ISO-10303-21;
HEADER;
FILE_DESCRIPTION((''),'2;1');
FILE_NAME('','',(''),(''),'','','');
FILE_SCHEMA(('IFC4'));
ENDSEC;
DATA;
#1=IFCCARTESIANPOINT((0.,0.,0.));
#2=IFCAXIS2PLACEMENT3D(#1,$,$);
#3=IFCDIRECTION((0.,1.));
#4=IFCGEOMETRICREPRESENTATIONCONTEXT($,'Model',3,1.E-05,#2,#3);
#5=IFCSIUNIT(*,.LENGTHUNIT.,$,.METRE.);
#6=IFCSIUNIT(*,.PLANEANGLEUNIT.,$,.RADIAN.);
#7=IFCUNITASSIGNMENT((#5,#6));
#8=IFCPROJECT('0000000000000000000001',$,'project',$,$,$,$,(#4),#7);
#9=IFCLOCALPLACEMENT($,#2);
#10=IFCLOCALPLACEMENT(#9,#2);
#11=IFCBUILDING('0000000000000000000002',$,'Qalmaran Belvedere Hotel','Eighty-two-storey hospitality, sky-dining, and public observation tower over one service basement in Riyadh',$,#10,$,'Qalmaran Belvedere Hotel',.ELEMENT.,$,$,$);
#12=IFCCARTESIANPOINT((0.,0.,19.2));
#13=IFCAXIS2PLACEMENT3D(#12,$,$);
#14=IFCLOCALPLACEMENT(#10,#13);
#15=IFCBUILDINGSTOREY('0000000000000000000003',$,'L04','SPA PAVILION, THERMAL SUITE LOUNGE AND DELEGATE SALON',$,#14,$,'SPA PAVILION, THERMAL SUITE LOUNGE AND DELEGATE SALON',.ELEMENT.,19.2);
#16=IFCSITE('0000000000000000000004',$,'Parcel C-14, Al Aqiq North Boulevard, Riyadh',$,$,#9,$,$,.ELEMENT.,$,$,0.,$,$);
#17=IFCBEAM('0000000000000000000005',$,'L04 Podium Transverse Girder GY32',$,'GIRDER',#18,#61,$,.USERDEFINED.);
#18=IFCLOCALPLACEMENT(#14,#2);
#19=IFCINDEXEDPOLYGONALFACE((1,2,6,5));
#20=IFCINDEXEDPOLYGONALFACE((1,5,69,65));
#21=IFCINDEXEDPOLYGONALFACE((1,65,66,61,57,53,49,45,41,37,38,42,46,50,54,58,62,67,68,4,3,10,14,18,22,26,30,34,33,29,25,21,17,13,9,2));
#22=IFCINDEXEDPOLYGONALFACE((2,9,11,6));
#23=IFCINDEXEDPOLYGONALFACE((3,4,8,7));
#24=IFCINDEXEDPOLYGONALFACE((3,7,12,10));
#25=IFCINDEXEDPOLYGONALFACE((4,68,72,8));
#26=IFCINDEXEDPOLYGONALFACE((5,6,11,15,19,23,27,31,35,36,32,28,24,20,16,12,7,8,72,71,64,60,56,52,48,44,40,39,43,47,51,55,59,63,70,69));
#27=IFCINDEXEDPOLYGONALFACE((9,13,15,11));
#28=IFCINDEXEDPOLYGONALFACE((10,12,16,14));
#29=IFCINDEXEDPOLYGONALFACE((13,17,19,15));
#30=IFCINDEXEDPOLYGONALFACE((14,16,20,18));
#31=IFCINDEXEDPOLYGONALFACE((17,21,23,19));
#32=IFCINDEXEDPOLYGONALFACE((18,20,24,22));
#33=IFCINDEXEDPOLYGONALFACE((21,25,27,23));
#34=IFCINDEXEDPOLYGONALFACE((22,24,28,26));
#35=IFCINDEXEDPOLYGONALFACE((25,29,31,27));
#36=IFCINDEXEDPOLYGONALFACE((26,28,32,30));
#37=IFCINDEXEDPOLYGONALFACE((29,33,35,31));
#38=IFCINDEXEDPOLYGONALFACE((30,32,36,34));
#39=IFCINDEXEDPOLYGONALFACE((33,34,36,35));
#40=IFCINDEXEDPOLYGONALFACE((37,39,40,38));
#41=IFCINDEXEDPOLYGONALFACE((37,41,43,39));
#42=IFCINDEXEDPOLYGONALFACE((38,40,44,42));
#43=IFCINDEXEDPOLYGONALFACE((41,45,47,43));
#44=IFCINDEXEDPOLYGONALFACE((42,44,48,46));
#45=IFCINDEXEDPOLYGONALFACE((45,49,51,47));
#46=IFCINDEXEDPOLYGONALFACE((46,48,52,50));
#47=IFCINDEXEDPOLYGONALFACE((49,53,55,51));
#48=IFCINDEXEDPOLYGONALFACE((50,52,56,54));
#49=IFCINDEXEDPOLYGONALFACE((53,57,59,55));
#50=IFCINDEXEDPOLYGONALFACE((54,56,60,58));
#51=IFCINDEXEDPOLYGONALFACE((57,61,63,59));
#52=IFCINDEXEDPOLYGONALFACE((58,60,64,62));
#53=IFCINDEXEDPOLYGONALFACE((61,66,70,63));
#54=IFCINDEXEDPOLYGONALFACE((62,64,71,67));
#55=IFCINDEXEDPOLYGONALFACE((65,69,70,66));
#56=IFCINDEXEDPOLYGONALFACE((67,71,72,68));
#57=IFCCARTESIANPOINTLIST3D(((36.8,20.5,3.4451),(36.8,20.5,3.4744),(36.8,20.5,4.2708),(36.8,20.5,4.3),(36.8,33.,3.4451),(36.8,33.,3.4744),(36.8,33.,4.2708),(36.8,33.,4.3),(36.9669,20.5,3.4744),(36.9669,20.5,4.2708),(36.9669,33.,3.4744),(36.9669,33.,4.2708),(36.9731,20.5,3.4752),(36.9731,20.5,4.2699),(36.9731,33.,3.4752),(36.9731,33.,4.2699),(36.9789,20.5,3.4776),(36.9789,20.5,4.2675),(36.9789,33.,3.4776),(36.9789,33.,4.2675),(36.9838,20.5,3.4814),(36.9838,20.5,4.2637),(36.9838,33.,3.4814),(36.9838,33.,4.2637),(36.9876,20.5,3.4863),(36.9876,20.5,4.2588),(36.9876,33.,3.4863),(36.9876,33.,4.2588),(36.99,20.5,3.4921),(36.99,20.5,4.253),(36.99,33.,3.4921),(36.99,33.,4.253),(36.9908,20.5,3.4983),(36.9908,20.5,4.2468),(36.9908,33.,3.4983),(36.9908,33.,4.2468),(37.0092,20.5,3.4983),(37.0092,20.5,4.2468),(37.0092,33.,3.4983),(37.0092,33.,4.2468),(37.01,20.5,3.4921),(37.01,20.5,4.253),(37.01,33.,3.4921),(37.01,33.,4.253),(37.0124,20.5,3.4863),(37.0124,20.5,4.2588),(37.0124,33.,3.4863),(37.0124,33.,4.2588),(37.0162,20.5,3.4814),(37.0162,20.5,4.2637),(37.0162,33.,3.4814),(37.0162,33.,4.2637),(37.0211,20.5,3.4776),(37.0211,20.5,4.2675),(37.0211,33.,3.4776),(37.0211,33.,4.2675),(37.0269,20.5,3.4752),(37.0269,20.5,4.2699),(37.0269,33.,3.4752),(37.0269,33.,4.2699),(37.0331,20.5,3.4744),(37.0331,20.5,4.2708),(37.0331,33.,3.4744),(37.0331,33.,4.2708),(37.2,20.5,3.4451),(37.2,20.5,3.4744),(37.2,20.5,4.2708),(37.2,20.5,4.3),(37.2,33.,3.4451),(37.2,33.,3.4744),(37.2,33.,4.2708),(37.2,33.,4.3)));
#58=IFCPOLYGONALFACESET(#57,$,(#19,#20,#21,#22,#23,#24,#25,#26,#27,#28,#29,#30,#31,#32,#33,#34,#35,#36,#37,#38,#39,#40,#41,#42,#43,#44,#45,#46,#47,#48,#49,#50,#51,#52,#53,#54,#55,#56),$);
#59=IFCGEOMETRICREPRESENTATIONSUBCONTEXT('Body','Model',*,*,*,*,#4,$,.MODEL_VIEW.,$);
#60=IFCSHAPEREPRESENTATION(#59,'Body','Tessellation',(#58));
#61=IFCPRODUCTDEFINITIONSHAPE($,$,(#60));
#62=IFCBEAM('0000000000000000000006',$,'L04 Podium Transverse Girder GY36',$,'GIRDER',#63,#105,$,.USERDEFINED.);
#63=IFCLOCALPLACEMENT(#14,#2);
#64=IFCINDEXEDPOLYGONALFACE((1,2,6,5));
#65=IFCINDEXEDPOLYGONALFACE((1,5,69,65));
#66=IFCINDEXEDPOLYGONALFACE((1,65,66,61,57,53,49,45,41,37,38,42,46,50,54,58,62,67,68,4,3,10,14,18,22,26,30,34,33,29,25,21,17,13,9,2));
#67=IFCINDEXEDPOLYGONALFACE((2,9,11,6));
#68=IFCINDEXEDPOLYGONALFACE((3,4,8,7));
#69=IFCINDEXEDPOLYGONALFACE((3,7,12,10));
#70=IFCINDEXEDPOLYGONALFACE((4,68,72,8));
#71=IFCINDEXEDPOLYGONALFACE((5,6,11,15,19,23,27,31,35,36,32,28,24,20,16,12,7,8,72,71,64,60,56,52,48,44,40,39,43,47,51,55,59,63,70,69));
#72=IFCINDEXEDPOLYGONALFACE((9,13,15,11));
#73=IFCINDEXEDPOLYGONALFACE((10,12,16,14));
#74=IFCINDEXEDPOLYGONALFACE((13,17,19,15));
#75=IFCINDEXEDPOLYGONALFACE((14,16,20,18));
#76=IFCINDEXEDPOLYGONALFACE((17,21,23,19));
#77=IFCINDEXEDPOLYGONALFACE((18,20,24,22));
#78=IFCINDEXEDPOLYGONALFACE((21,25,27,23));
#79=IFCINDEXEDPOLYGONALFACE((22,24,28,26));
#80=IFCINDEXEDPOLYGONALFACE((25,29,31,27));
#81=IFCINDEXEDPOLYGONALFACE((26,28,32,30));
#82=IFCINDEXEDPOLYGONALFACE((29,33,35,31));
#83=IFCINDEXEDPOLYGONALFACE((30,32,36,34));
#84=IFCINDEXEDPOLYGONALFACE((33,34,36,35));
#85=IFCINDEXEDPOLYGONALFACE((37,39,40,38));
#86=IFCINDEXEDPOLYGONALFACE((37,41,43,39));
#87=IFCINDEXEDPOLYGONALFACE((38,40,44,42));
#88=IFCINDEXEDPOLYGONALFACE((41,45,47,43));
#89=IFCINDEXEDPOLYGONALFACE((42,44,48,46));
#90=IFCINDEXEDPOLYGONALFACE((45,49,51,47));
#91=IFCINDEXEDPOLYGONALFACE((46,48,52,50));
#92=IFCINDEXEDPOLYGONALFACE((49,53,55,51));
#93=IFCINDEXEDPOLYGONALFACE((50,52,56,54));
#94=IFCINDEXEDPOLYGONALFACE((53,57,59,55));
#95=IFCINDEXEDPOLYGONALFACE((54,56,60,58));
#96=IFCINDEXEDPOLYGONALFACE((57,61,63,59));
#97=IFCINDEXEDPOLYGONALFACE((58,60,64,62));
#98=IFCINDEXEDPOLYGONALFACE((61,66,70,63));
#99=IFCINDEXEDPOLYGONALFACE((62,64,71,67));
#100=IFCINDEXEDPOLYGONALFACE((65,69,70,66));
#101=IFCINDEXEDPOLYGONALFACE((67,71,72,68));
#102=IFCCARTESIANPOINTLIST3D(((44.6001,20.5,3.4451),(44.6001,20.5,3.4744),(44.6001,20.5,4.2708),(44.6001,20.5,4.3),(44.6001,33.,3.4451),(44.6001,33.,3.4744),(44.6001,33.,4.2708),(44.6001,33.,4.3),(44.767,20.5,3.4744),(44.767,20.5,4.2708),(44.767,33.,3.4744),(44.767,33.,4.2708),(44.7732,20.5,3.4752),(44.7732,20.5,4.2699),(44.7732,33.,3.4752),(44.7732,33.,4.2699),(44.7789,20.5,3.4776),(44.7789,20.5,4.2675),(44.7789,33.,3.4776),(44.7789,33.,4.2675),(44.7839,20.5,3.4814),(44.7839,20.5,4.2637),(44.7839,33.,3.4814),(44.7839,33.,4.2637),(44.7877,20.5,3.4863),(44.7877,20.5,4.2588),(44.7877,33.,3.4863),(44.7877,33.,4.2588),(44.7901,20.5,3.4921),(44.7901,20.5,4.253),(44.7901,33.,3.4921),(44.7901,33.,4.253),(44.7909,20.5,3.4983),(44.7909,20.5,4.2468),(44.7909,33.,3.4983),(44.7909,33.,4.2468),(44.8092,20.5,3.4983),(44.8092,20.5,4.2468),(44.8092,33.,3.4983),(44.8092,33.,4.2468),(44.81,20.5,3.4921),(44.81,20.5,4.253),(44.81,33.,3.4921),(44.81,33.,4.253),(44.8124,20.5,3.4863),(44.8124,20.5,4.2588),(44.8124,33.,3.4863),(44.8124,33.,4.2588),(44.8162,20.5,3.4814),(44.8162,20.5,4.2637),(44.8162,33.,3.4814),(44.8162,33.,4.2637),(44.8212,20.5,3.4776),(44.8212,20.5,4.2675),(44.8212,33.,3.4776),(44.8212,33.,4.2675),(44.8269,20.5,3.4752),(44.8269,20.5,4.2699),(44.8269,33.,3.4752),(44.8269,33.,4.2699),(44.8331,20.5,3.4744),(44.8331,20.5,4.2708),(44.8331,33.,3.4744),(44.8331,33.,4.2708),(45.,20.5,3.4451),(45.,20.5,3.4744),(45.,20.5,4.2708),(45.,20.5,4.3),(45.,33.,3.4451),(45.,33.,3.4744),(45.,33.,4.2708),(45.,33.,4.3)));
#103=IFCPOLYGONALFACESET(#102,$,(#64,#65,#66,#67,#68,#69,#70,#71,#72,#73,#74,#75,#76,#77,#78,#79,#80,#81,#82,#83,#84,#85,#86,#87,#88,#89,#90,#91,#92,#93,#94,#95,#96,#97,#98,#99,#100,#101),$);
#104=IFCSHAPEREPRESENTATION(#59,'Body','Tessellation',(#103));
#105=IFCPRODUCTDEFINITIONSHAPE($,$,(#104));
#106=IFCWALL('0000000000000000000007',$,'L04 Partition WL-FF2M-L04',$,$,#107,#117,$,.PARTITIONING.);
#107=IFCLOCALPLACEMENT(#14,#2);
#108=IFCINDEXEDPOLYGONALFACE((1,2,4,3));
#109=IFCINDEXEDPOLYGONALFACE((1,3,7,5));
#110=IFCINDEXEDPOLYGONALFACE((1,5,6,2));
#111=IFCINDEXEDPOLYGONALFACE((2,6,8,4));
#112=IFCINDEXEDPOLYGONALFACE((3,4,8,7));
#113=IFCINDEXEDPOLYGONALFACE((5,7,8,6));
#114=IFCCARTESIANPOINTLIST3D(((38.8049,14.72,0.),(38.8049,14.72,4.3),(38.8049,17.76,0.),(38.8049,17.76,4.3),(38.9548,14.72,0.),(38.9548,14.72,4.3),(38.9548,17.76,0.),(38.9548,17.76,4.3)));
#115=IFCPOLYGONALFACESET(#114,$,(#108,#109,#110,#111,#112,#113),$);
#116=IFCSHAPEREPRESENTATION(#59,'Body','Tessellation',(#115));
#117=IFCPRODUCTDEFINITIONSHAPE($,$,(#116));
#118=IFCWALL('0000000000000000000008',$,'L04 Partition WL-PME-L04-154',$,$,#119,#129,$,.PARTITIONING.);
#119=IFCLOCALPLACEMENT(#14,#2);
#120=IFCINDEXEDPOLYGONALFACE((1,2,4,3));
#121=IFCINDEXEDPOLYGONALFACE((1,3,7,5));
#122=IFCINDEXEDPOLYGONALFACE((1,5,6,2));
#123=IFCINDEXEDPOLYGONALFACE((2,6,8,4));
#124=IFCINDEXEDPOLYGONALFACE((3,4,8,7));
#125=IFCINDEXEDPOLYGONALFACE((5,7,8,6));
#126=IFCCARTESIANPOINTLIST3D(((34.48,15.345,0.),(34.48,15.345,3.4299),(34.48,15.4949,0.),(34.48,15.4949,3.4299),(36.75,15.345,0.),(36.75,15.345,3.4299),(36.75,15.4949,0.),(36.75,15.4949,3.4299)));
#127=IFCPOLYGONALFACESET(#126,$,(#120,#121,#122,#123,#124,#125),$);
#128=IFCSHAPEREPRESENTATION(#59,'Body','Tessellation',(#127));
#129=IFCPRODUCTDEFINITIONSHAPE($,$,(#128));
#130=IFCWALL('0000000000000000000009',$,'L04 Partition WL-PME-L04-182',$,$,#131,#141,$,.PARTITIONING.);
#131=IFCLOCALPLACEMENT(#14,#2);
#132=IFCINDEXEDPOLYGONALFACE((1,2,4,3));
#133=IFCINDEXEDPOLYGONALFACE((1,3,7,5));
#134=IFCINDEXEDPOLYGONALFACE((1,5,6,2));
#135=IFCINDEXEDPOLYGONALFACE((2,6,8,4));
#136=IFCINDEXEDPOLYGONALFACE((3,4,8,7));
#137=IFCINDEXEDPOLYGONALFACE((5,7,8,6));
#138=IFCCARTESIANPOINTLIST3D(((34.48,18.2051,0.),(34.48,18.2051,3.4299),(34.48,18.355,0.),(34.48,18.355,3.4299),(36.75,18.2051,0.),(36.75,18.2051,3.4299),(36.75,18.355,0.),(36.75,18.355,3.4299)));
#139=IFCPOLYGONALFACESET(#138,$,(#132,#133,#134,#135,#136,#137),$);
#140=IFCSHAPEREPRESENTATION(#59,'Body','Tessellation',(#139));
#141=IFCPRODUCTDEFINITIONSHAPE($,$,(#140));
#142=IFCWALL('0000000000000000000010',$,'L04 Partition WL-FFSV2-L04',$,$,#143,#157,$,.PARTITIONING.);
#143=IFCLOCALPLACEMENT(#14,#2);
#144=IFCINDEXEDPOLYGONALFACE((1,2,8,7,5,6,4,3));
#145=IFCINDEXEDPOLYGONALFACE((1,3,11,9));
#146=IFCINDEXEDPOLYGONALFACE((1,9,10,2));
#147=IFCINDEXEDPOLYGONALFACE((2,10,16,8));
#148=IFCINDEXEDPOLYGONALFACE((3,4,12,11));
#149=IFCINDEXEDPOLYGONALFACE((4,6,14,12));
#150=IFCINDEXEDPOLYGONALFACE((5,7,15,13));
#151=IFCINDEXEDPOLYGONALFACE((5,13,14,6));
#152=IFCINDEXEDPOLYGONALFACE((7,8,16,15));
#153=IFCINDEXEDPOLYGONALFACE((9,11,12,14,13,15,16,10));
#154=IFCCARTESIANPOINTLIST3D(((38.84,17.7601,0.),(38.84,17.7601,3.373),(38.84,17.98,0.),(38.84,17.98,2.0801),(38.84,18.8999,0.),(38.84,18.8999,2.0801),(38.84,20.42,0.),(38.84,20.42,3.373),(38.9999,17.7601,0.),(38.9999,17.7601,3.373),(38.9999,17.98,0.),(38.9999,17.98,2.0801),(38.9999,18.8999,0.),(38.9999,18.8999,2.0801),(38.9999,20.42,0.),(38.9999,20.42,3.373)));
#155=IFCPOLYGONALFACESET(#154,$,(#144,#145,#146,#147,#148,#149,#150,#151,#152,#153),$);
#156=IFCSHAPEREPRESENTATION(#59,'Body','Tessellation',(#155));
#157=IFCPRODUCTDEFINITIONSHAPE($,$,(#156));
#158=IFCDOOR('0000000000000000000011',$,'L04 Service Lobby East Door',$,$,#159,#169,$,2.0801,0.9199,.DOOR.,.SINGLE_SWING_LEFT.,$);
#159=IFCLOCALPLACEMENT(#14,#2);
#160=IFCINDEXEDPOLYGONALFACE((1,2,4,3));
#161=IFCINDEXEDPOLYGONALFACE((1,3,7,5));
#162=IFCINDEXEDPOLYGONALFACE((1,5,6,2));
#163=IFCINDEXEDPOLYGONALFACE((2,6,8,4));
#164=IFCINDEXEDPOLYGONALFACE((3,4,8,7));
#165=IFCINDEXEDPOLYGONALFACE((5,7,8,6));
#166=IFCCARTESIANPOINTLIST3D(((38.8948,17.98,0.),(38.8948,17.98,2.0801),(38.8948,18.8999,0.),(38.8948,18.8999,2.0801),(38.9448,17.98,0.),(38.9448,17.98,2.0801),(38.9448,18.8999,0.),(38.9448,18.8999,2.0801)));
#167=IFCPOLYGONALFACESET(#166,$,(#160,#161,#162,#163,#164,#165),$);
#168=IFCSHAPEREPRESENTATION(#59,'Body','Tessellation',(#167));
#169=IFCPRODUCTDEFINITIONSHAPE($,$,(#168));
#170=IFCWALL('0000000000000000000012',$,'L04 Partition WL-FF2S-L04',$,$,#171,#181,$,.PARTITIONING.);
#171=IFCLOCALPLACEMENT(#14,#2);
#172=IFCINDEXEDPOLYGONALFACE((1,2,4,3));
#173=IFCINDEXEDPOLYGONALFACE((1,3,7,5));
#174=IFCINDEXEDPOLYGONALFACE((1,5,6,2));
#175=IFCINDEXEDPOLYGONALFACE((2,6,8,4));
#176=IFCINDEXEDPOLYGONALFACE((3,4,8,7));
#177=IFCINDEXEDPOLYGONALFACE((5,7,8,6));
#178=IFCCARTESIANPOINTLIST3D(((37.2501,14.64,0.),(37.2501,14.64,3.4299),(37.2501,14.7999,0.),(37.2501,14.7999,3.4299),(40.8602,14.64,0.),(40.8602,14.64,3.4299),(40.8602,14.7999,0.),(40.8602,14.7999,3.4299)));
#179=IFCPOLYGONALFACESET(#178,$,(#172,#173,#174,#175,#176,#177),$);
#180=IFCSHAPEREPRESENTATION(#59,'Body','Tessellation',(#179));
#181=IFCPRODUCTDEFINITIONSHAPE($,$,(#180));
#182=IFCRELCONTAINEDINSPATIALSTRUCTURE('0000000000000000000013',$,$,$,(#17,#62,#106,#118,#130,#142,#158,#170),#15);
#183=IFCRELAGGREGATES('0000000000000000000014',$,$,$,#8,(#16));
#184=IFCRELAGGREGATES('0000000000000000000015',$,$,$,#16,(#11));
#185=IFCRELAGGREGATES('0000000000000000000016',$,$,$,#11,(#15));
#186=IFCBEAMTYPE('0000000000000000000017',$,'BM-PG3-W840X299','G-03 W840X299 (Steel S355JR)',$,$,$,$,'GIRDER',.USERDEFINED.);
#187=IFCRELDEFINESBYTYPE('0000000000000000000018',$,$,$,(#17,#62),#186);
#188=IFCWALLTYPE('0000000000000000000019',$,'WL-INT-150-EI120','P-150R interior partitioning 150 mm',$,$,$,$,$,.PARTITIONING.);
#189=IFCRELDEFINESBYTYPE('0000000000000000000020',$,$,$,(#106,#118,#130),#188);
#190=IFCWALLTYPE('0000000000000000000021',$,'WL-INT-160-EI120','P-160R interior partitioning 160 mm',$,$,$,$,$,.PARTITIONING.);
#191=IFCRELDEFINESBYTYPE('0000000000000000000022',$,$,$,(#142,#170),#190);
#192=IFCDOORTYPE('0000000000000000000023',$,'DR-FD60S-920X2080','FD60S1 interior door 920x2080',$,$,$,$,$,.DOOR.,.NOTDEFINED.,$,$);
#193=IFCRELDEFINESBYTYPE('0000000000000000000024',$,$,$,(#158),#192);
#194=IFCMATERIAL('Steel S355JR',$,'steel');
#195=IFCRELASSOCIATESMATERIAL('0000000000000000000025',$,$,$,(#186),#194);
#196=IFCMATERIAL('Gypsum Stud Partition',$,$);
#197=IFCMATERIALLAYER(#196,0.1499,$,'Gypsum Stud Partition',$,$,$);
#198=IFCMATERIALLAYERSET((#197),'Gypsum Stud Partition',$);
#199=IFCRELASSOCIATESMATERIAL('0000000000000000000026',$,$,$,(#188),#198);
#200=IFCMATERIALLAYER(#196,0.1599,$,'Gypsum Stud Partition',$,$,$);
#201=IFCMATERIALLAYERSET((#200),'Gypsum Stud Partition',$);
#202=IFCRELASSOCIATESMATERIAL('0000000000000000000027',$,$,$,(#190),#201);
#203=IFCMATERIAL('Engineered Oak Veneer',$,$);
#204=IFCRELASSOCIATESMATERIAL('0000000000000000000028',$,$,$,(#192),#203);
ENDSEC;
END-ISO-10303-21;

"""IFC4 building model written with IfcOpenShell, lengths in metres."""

from ifc_helpers import new_model, si_unit, direction, frame, frame_2d, origin, origin_2d, place, context, subcontext, project, spatial, rectangle, i_section, extrude, material, layer, layer_set, material_profile, profile_set, type_object, element, fill, save


model = new_model("IFC4")

# Units and contexts
model_context = context("Model", 3, precision=1e-05, world=origin(), true_north=direction((0.0, 1.0)))
body_context = subcontext(model_context, "Body", "Model", "MODEL_VIEW")
ifc_project = project(units=[si_unit("LENGTHUNIT", "METRE"), si_unit("PLANEANGLEUNIT", "RADIAN")], contexts=[model_context])

# Site, building, storey
site_placement = place(None, origin())
site = spatial("IfcSite", under=ifc_project, at=site_placement, Name="Parcel C-14, Al Aqiq North Boulevard, Riyadh", CompositionType="ELEMENT", RefElevation=0.0)
building_placement = place(site_placement, origin())
building = spatial("IfcBuilding", under=site, at=building_placement, Name="Qalmaran Belvedere Hotel", Description="Eighty-two-storey hospitality, sky-dining, and public observation tower over one service basement in Riyadh", LongName="Qalmaran Belvedere Hotel", CompositionType="ELEMENT")
storey_placement = place(building_placement, frame((0.0, 0.0, 19.2)))
storey = spatial("IfcBuildingStorey", under=building, at=storey_placement, Name="L04", Description="SPA PAVILION, THERMAL SUITE LOUNGE AND DELEGATE SALON", LongName="SPA PAVILION, THERMAL SUITE LOUNGE AND DELEGATE SALON", CompositionType="ELEMENT", Elevation=19.2)

# Beams
ifc_material_1 = material(Name="Steel S355JR", Category="steel")
ifc_material_profile_1 = material_profile(ifc_material_1, i_section(OverallWidth=0.3999, OverallDepth=0.855, WebThickness=0.0183, FlangeThickness=0.0293, FilletRadius=0.0239, at=origin_2d()), Name="W840X299")
ifc_profile_set_1 = profile_set([ifc_material_profile_1], Name="Steel S355JR")
beam_type_1 = type_object("IfcBeamType", Name="BM-PG3-W840X299", Description="G-03 W840X299 (Steel S355JR)", ElementType="GIRDER", PredefinedType="USERDEFINED", material=ifc_profile_set_1)
for number, where, z_axis, x_axis, name in (
    (1, (37.0, 20.5, 3.8726), (0.0, 1.0, 0.0), (-1.0, 0.0, 0.0), "L04 Podium Transverse Girder GY32"),
    (2, (44.8, 20.5, 3.8726), (0.0, 1.0, 0.0), (-1.0, 0.0, 0.0), "L04 Podium Transverse Girder GY36"),
):
    element("IfcBeam", number, at=place(storey_placement, frame(where, z_axis=z_axis, x_axis=x_axis)), inside=storey, type_object=beam_type_1, Name=name, ObjectType="GIRDER", PredefinedType="USERDEFINED", context=body_context, shape_type="SweptSolid", body=[
        extrude(i_section(OverallWidth=0.3999, OverallDepth=0.855, WebThickness=0.0183, FlangeThickness=0.0293, FilletRadius=0.0239, at=origin_2d()), origin(), (0.0, 0.0, 1.0), 12.5),
    ])

# Walls
ifc_material_2 = material(Name="Gypsum Stud Partition")
ifc_layer_1 = layer(ifc_material_2, 0.1499, Name="Gypsum Stud Partition")
ifc_layer_set_1 = layer_set([ifc_layer_1], Name="Gypsum Stud Partition")
wall_type_1 = type_object("IfcWallType", Name="WL-INT-150-EI120", Description="P-150R interior partitioning 150 mm", PredefinedType="PARTITIONING", material=ifc_layer_set_1)
wall_1_placement = place(storey_placement, frame((38.8799, 14.72, 0.0), z_axis=(0.0, 0.0, 1.0), x_axis=(0.0, 1.0, 0.0)))
element("IfcWall", 3, at=wall_1_placement, inside=storey, type_object=wall_type_1, Name="L04 Partition WL-FF2M-L04", PredefinedType="PARTITIONING", context=body_context, shape_type="SweptSolid", body=[
    extrude(rectangle(XDim=3.04, YDim=0.1499, at=frame_2d((1.52, 0.0))), origin(), (0.0, 0.0, 1.0), 4.3),
])
for number, where, z_axis, x_axis, name in (
    (4, (34.48, 15.4199, 0.0), (0.0, 0.0, 1.0), (1.0, 0.0, 0.0), "L04 Partition WL-PME-L04-154"),
    (5, (34.48, 18.28, 0.0), (0.0, 0.0, 1.0), (1.0, 0.0, 0.0), "L04 Partition WL-PME-L04-182"),
):
    element("IfcWall", number, at=place(storey_placement, frame(where, z_axis=z_axis, x_axis=x_axis)), inside=storey, type_object=wall_type_1, Name=name, PredefinedType="PARTITIONING", context=body_context, shape_type="SweptSolid", body=[
        extrude(rectangle(XDim=2.27, YDim=0.1499, at=frame_2d((1.135, 0.0))), origin(), (0.0, 0.0, 1.0), 3.4299),
    ])

# Wall, opening, door
ifc_layer_2 = layer(ifc_material_2, 0.1599, Name="Gypsum Stud Partition")
ifc_layer_set_2 = layer_set([ifc_layer_2], Name="Gypsum Stud Partition")
wall_type_2 = type_object("IfcWallType", Name="WL-INT-160-EI120", Description="P-160R interior partitioning 160 mm", PredefinedType="PARTITIONING", material=ifc_layer_set_2)
wall_2_placement = place(storey_placement, frame((38.9199, 17.76, 0.0), z_axis=(0.0, 0.0, 1.0), x_axis=(0.0, 1.0, 0.0)))
wall_2 = element("IfcWall", 6, at=wall_2_placement, inside=storey, type_object=wall_type_2, Name="L04 Partition WL-FFSV2-L04", PredefinedType="PARTITIONING", context=body_context, shape_type="SweptSolid", body=[
    extrude(rectangle(XDim=2.6599, YDim=0.1599, at=frame_2d((1.3301, 0.0))), origin(), (0.0, 0.0, 1.0), 3.373),
])
opening_1_placement = place(wall_2_placement, frame((1.1399, 0.0, 0.0), z_axis=(0.0, 0.0, 1.0), x_axis=(-1.0, 0.0, 0.0)))
opening_1 = element("IfcOpeningElement", 7, at=opening_1_placement, cuts=wall_2, PredefinedType="OPENING", context=body_context, shape_type="SweptSolid", body=[
    extrude(rectangle(XDim=0.9199, YDim=2.0801, at=frame_2d((0.46, 1.04))), frame((0.0, 0.0898, 0.0), z_axis=(0.0, -1.0, 0.0), x_axis=(1.0, 0.0, 0.0)), (0.0, 0.0, 1.0), 0.1799),
])
ifc_material_3 = material(Name="Engineered Oak Veneer")
door_type_1 = type_object("IfcDoorType", Name="DR-FD60S-920X2080", Description="FD60S1 interior door 920x2080", OperationType="NOTDEFINED", PredefinedType="DOOR", material=ifc_material_3)
door_1_placement = place(opening_1_placement, origin())
door_1 = element("IfcDoor", 8, at=door_1_placement, inside=storey, type_object=door_type_1, Name="L04 Service Lobby East Door", OperationType="SINGLE_SWING_LEFT", OverallHeight=2.0801, OverallWidth=0.9199, PredefinedType="DOOR", context=body_context, shape_type="SweptSolid", body=[
    extrude(rectangle(XDim=0.9199, YDim=2.0801, at=frame_2d((0.46, 1.04))), frame((0.0, 0.0249, 0.0), z_axis=(0.0, -1.0, 0.0), x_axis=(1.0, 0.0, 0.0)), (0.0, 0.0, 1.0), 0.05),
])
fill(opening_1, door_1)

# Wall
wall_3_placement = place(storey_placement, frame((37.25, 14.72, 0.0), z_axis=(0.0, 0.0, 1.0), x_axis=(1.0, 0.0, 0.0)))
element("IfcWall", 9, at=wall_3_placement, inside=storey, type_object=wall_type_2, Name="L04 Partition WL-FF2S-L04", PredefinedType="PARTITIONING", context=body_context, shape_type="SweptSolid", body=[
    extrude(rectangle(XDim=3.6101, YDim=0.1599, at=frame_2d((1.8052, 0.0))), origin(), (0.0, 0.0, 1.0), 3.4299),
])

save(model, "model.ifc")
